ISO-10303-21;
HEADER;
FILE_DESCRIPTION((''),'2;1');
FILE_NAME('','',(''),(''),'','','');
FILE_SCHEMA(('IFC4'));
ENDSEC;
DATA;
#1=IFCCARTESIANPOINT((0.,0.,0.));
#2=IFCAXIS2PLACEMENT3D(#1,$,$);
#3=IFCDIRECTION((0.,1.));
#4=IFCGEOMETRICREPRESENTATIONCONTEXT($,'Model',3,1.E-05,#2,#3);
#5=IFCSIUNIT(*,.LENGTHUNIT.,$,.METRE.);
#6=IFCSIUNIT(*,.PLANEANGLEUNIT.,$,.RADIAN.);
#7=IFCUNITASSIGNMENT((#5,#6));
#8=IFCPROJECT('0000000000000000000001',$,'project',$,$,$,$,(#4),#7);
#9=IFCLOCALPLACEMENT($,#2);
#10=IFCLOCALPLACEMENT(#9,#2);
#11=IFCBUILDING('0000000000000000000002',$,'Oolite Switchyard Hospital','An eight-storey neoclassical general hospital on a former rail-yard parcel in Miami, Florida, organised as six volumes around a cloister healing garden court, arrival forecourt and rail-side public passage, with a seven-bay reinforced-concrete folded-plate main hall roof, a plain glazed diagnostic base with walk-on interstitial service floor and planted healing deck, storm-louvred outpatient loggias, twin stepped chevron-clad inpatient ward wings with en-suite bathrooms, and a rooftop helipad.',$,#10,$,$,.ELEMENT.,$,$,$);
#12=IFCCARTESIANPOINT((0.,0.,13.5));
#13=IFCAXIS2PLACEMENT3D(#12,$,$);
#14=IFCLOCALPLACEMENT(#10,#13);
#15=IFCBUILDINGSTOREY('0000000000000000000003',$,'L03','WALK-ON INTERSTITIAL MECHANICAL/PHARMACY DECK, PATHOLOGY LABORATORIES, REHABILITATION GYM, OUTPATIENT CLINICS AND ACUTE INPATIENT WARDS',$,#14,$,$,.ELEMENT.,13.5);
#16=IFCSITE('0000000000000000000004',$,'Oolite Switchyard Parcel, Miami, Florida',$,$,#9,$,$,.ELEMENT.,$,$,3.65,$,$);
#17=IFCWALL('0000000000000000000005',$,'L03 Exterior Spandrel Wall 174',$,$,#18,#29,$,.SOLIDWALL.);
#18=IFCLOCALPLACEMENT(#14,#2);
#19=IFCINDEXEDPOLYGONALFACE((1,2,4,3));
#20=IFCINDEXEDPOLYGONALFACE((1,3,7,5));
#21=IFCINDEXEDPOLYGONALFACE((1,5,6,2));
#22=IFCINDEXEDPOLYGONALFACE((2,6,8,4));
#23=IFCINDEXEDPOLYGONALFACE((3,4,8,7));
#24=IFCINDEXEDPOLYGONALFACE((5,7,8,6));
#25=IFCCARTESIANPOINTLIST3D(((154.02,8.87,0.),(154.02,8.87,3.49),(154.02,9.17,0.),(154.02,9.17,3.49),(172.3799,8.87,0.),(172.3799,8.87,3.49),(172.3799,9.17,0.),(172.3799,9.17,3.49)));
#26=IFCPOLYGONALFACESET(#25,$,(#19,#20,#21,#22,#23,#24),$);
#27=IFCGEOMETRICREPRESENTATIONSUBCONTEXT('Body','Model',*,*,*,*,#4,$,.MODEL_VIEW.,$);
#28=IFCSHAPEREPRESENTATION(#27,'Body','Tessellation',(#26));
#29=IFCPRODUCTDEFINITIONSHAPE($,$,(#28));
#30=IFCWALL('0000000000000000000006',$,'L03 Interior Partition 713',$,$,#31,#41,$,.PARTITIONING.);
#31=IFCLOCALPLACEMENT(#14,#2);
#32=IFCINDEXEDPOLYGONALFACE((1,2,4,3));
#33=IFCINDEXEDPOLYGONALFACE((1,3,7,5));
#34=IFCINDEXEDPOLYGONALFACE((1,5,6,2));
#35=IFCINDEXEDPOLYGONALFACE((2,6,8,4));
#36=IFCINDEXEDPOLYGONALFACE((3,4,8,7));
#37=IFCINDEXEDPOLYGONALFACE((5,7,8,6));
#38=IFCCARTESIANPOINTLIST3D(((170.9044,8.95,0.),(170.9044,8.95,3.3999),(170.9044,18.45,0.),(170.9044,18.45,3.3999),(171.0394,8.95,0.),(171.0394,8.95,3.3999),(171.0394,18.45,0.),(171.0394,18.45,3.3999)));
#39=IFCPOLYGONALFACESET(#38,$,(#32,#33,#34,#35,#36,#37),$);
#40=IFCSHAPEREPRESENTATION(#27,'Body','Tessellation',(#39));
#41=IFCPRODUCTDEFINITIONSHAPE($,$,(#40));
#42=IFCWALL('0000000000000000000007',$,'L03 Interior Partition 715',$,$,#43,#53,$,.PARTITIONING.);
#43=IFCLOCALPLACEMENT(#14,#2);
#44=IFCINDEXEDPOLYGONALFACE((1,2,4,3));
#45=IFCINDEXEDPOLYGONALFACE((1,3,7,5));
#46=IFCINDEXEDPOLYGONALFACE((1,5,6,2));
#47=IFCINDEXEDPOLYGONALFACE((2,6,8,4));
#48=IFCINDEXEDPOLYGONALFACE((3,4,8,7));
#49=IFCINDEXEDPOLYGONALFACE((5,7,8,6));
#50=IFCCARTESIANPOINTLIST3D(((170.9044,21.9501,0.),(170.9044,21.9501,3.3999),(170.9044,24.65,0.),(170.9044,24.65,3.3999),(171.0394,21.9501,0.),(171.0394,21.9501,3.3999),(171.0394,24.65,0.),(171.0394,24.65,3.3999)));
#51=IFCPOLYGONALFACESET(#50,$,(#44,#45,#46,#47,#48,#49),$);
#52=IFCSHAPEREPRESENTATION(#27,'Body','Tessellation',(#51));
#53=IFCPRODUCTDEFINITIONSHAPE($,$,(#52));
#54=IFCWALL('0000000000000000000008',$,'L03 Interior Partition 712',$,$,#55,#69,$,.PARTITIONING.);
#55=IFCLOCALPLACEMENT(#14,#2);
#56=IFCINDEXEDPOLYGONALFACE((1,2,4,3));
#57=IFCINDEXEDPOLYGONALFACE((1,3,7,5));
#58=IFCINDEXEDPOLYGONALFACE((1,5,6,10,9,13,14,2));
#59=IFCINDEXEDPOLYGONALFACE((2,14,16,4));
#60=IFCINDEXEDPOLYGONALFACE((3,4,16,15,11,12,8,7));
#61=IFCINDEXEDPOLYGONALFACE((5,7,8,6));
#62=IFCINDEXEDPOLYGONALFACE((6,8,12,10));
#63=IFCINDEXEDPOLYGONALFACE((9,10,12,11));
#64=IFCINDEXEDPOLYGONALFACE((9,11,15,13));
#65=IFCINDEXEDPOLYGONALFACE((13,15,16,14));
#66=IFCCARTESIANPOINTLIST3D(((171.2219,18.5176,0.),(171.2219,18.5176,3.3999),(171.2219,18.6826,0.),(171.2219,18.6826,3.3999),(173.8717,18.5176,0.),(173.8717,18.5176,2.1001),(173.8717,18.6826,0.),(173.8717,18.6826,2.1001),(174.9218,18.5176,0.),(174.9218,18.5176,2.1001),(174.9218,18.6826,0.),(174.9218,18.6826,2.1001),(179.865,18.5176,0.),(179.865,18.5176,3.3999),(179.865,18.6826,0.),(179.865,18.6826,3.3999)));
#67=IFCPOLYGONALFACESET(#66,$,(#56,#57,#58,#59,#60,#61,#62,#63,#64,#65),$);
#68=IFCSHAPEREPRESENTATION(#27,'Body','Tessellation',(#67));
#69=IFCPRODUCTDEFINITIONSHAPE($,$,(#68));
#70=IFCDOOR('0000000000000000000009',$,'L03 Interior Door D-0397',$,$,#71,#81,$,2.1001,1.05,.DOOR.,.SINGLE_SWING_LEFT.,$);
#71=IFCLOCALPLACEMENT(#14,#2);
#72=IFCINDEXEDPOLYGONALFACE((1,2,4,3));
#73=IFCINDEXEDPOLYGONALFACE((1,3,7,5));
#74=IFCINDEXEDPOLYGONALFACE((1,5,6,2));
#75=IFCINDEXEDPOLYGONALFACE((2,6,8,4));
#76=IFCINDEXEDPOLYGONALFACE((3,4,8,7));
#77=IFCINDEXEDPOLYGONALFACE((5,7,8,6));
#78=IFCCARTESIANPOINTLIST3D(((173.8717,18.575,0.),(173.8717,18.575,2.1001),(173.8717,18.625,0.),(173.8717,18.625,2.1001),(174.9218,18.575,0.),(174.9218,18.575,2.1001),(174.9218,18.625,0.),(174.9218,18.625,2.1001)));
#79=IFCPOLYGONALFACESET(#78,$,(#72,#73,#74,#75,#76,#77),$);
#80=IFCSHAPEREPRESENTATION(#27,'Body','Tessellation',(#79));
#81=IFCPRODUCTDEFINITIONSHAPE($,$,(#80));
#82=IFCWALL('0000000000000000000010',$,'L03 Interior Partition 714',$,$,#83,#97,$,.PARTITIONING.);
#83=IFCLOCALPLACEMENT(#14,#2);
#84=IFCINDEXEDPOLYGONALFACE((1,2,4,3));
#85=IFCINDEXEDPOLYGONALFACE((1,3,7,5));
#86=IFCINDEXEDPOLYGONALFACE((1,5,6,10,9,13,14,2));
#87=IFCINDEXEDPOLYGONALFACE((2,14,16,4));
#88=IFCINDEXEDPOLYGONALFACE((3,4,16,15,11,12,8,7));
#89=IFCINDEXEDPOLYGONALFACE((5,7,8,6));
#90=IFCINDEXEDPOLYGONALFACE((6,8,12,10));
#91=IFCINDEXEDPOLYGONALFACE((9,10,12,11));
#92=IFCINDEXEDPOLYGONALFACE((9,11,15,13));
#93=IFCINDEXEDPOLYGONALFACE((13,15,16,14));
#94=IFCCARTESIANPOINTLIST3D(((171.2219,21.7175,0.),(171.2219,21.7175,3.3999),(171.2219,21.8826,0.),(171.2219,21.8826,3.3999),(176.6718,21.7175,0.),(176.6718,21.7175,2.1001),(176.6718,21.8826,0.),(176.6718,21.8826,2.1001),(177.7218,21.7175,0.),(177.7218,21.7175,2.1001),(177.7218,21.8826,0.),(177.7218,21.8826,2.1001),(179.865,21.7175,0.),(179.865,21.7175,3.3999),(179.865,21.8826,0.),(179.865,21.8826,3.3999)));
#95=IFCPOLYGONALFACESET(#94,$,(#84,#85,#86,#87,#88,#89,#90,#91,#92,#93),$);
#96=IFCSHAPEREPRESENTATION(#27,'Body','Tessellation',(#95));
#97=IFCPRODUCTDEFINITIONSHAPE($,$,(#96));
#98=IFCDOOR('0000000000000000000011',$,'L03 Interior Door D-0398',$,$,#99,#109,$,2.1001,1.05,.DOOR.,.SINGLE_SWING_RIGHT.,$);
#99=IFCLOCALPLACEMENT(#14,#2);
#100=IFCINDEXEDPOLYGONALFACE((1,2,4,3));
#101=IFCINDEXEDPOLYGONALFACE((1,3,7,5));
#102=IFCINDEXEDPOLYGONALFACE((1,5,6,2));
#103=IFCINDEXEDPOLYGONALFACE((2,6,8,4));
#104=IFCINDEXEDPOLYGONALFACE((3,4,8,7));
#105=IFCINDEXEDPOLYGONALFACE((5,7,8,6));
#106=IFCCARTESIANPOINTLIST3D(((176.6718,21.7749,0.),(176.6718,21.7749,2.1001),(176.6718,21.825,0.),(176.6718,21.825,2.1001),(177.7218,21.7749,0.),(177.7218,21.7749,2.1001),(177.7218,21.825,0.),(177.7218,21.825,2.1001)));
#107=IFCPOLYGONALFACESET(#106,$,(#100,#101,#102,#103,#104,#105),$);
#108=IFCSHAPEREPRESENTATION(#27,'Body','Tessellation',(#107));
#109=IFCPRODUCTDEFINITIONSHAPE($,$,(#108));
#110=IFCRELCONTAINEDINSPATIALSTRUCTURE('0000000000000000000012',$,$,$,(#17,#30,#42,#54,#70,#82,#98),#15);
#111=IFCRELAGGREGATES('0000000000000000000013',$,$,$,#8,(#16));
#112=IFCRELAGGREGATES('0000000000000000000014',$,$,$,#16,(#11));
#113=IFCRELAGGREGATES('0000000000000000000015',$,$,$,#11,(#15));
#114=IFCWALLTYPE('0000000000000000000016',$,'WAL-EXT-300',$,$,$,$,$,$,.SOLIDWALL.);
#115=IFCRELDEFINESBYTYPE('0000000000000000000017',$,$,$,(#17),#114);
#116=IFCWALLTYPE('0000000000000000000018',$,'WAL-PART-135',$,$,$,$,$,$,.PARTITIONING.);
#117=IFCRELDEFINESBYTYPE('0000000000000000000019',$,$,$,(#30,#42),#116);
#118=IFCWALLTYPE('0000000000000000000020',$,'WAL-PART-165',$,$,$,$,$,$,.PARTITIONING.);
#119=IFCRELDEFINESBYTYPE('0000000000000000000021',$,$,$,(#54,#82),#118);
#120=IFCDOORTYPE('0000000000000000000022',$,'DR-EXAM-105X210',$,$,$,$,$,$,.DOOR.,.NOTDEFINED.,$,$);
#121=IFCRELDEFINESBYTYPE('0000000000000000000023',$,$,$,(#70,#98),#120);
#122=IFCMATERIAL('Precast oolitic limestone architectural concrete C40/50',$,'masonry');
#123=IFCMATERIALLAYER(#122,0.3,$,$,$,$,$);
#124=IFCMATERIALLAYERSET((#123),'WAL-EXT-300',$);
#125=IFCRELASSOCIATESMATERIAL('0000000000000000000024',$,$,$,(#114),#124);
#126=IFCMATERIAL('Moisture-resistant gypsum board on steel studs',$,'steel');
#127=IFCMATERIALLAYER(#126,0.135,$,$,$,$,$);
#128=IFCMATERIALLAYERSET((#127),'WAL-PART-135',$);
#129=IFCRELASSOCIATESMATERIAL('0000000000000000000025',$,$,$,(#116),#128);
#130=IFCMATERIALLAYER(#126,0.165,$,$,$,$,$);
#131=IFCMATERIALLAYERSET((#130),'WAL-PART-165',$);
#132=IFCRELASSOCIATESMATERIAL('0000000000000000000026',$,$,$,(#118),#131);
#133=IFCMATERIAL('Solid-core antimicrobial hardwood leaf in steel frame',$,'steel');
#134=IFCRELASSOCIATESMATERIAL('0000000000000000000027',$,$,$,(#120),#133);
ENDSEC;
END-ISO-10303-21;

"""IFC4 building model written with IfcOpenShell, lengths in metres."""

from ifc_helpers import new_model, si_unit, direction, frame, frame_2d, origin, place, context, subcontext, project, spatial, rectangle, extrude, material, layer, layer_set, type_object, element, fill, save


model = new_model("IFC4")

# Units and contexts
model_context = context("Model", 3, precision=1e-05, world=origin(), true_north=direction((0.0, 1.0)))
body_context = subcontext(model_context, "Body", "Model", "MODEL_VIEW")
ifc_project = project(units=[si_unit("LENGTHUNIT", "METRE"), si_unit("PLANEANGLEUNIT", "RADIAN")], contexts=[model_context])

# Site, building, storey
site_placement = place(None, origin())
site = spatial("IfcSite", under=ifc_project, at=site_placement, Name="Oolite Switchyard Parcel, Miami, Florida", CompositionType="ELEMENT", RefElevation=3.65)
building_placement = place(site_placement, origin())
building = spatial("IfcBuilding", under=site, at=building_placement, Name="Oolite Switchyard Hospital", Description="An eight-storey neoclassical general hospital on a former rail-yard parcel in Miami, Florida, organised as six volumes around a cloister healing garden court, arrival forecourt and rail-side public passage, with a seven-bay reinforced-concrete folded-plate main hall roof, a plain glazed diagnostic base with walk-on interstitial service floor and planted healing deck, storm-louvred outpatient loggias, twin stepped chevron-clad inpatient ward wings with en-suite bathrooms, and a rooftop helipad.", CompositionType="ELEMENT")
storey_placement = place(building_placement, frame((0.0, 0.0, 13.5)))
storey = spatial("IfcBuildingStorey", under=building, at=storey_placement, Name="L03", Description="WALK-ON INTERSTITIAL MECHANICAL/PHARMACY DECK, PATHOLOGY LABORATORIES, REHABILITATION GYM, OUTPATIENT CLINICS AND ACUTE INPATIENT WARDS", CompositionType="ELEMENT", Elevation=13.5)

# Walls
ifc_material_1 = material(Name="Precast oolitic limestone architectural concrete C40/50", Category="masonry")
ifc_layer_1 = layer(ifc_material_1, 0.3)
ifc_layer_set_1 = layer_set([ifc_layer_1], Name="WAL-EXT-300")
wall_type_1 = type_object("IfcWallType", Name="WAL-EXT-300", PredefinedType="SOLIDWALL", material=ifc_layer_set_1)
wall_1_placement = place(storey_placement, frame((172.3799, 9.02, 0.0), z_axis=(0.0, 0.0, 1.0), x_axis=(-1.0, 0.0, 0.0)))
element("IfcWall", 1, at=wall_1_placement, inside=storey, type_object=wall_type_1, Name="L03 Exterior Spandrel Wall 174", PredefinedType="SOLIDWALL", context=body_context, shape_type="SweptSolid", body=[
    extrude(rectangle(XDim=18.3599, YDim=0.3, at=frame_2d((9.1799, 0.0))), origin(), (0.0, 0.0, 1.0), 3.49),
])
ifc_material_2 = material(Name="Moisture-resistant gypsum board on steel studs", Category="steel")
ifc_layer_2 = layer(ifc_material_2, 0.135)
ifc_layer_set_2 = layer_set([ifc_layer_2], Name="WAL-PART-135")
wall_type_2 = type_object("IfcWallType", Name="WAL-PART-135", PredefinedType="PARTITIONING", material=ifc_layer_set_2)
wall_2_placement = place(storey_placement, frame((170.9719, 8.95, 0.0), z_axis=(0.0, 0.0, 1.0), x_axis=(0.0, 1.0, 0.0)))
element("IfcWall", 2, at=wall_2_placement, inside=storey, type_object=wall_type_2, Name="L03 Interior Partition 713", PredefinedType="PARTITIONING", context=body_context, shape_type="SweptSolid", body=[
    extrude(rectangle(XDim=9.5, YDim=0.135, at=frame_2d((4.75, 0.0))), origin(), (0.0, 0.0, 1.0), 3.3999),
])
wall_3_placement = place(storey_placement, frame((170.9719, 21.95, 0.0), z_axis=(0.0, 0.0, 1.0), x_axis=(0.0, 1.0, 0.0)))
element("IfcWall", 3, at=wall_3_placement, inside=storey, type_object=wall_type_2, Name="L03 Interior Partition 715", PredefinedType="PARTITIONING", context=body_context, shape_type="SweptSolid", body=[
    extrude(rectangle(XDim=2.7, YDim=0.135, at=frame_2d((1.3501, 0.0))), origin(), (0.0, 0.0, 1.0), 3.3999),
])

# Walls, openings, doors
ifc_layer_3 = layer(ifc_material_2, 0.165)
ifc_layer_set_3 = layer_set([ifc_layer_3], Name="WAL-PART-165")
wall_type_3 = type_object("IfcWallType", Name="WAL-PART-165", PredefinedType="PARTITIONING", material=ifc_layer_set_3)
wall_4_placement = place(storey_placement, frame((171.2219, 18.6001, 0.0), z_axis=(0.0, 0.0, 1.0), x_axis=(1.0, 0.0, 0.0)))
wall_4 = element("IfcWall", 4, at=wall_4_placement, inside=storey, type_object=wall_type_3, Name="L03 Interior Partition 712", PredefinedType="PARTITIONING", context=body_context, shape_type="SweptSolid", body=[
    extrude(rectangle(XDim=8.6431, YDim=0.165, at=frame_2d((4.3215, 0.0))), origin(), (0.0, 0.0, 1.0), 3.3999),
])
opening_1_placement = place(wall_4_placement, frame((2.6499, 0.0, 0.0)))
opening_1 = element("IfcOpeningElement", 5, at=opening_1_placement, cuts=wall_4, PredefinedType="OPENING", context=body_context, shape_type="SweptSolid", body=[
    extrude(rectangle(XDim=1.05, YDim=2.1001, at=frame_2d((0.5249, 1.05))), frame((0.0, 0.0925, 0.0), z_axis=(0.0, -1.0, 0.0), x_axis=(1.0, 0.0, 0.0)), (0.0, 0.0, 1.0), 0.1851),
])
ifc_material_3 = material(Name="Solid-core antimicrobial hardwood leaf in steel frame", Category="steel")
door_type = type_object("IfcDoorType", Name="DR-EXAM-105X210", OperationType="NOTDEFINED", PredefinedType="DOOR", material=ifc_material_3)
door_1_placement = place(opening_1_placement, origin())
door_1 = element("IfcDoor", 6, at=door_1_placement, inside=storey, type_object=door_type, Name="L03 Interior Door D-0397", OperationType="SINGLE_SWING_LEFT", OverallHeight=2.1001, OverallWidth=1.05, PredefinedType="DOOR", context=body_context, shape_type="SweptSolid", body=[
    extrude(rectangle(XDim=1.05, YDim=2.1001, at=frame_2d((0.5249, 1.05))), frame((0.0, 0.0249, 0.0), z_axis=(0.0, -1.0, 0.0), x_axis=(1.0, 0.0, 0.0)), (0.0, 0.0, 1.0), 0.05),
])
fill(opening_1, door_1)
wall_5_placement = place(storey_placement, frame((171.2219, 21.8, 0.0), z_axis=(0.0, 0.0, 1.0), x_axis=(1.0, 0.0, 0.0)))
wall_5 = element("IfcWall", 7, at=wall_5_placement, inside=storey, type_object=wall_type_3, Name="L03 Interior Partition 714", PredefinedType="PARTITIONING", context=body_context, shape_type="SweptSolid", body=[
    extrude(rectangle(XDim=8.6431, YDim=0.165, at=frame_2d((4.3215, 0.0))), origin(), (0.0, 0.0, 1.0), 3.3999),
])
opening_2_placement = place(wall_5_placement, frame((5.45, 0.0, 0.0)))
opening_2 = element("IfcOpeningElement", 8, at=opening_2_placement, cuts=wall_5, PredefinedType="OPENING", context=body_context, shape_type="SweptSolid", body=[
    extrude(rectangle(XDim=1.05, YDim=2.1001, at=frame_2d((0.5249, 1.05))), frame((0.0, 0.0925, 0.0), z_axis=(0.0, -1.0, 0.0), x_axis=(1.0, 0.0, 0.0)), (0.0, 0.0, 1.0), 0.1851),
])
door_2_placement = place(opening_2_placement, origin())
door_2 = element("IfcDoor", 9, at=door_2_placement, inside=storey, type_object=door_type, Name="L03 Interior Door D-0398", OperationType="SINGLE_SWING_RIGHT", OverallHeight=2.1001, OverallWidth=1.05, PredefinedType="DOOR", context=body_context, shape_type="SweptSolid", body=[
    extrude(rectangle(XDim=1.05, YDim=2.1001, at=frame_2d((0.5249, 1.05))), frame((0.0, 0.0249, 0.0), z_axis=(0.0, -1.0, 0.0), x_axis=(1.0, 0.0, 0.0)), (0.0, 0.0, 1.0), 0.05),
])
fill(opening_2, door_2)

save(model, "model.ifc")
